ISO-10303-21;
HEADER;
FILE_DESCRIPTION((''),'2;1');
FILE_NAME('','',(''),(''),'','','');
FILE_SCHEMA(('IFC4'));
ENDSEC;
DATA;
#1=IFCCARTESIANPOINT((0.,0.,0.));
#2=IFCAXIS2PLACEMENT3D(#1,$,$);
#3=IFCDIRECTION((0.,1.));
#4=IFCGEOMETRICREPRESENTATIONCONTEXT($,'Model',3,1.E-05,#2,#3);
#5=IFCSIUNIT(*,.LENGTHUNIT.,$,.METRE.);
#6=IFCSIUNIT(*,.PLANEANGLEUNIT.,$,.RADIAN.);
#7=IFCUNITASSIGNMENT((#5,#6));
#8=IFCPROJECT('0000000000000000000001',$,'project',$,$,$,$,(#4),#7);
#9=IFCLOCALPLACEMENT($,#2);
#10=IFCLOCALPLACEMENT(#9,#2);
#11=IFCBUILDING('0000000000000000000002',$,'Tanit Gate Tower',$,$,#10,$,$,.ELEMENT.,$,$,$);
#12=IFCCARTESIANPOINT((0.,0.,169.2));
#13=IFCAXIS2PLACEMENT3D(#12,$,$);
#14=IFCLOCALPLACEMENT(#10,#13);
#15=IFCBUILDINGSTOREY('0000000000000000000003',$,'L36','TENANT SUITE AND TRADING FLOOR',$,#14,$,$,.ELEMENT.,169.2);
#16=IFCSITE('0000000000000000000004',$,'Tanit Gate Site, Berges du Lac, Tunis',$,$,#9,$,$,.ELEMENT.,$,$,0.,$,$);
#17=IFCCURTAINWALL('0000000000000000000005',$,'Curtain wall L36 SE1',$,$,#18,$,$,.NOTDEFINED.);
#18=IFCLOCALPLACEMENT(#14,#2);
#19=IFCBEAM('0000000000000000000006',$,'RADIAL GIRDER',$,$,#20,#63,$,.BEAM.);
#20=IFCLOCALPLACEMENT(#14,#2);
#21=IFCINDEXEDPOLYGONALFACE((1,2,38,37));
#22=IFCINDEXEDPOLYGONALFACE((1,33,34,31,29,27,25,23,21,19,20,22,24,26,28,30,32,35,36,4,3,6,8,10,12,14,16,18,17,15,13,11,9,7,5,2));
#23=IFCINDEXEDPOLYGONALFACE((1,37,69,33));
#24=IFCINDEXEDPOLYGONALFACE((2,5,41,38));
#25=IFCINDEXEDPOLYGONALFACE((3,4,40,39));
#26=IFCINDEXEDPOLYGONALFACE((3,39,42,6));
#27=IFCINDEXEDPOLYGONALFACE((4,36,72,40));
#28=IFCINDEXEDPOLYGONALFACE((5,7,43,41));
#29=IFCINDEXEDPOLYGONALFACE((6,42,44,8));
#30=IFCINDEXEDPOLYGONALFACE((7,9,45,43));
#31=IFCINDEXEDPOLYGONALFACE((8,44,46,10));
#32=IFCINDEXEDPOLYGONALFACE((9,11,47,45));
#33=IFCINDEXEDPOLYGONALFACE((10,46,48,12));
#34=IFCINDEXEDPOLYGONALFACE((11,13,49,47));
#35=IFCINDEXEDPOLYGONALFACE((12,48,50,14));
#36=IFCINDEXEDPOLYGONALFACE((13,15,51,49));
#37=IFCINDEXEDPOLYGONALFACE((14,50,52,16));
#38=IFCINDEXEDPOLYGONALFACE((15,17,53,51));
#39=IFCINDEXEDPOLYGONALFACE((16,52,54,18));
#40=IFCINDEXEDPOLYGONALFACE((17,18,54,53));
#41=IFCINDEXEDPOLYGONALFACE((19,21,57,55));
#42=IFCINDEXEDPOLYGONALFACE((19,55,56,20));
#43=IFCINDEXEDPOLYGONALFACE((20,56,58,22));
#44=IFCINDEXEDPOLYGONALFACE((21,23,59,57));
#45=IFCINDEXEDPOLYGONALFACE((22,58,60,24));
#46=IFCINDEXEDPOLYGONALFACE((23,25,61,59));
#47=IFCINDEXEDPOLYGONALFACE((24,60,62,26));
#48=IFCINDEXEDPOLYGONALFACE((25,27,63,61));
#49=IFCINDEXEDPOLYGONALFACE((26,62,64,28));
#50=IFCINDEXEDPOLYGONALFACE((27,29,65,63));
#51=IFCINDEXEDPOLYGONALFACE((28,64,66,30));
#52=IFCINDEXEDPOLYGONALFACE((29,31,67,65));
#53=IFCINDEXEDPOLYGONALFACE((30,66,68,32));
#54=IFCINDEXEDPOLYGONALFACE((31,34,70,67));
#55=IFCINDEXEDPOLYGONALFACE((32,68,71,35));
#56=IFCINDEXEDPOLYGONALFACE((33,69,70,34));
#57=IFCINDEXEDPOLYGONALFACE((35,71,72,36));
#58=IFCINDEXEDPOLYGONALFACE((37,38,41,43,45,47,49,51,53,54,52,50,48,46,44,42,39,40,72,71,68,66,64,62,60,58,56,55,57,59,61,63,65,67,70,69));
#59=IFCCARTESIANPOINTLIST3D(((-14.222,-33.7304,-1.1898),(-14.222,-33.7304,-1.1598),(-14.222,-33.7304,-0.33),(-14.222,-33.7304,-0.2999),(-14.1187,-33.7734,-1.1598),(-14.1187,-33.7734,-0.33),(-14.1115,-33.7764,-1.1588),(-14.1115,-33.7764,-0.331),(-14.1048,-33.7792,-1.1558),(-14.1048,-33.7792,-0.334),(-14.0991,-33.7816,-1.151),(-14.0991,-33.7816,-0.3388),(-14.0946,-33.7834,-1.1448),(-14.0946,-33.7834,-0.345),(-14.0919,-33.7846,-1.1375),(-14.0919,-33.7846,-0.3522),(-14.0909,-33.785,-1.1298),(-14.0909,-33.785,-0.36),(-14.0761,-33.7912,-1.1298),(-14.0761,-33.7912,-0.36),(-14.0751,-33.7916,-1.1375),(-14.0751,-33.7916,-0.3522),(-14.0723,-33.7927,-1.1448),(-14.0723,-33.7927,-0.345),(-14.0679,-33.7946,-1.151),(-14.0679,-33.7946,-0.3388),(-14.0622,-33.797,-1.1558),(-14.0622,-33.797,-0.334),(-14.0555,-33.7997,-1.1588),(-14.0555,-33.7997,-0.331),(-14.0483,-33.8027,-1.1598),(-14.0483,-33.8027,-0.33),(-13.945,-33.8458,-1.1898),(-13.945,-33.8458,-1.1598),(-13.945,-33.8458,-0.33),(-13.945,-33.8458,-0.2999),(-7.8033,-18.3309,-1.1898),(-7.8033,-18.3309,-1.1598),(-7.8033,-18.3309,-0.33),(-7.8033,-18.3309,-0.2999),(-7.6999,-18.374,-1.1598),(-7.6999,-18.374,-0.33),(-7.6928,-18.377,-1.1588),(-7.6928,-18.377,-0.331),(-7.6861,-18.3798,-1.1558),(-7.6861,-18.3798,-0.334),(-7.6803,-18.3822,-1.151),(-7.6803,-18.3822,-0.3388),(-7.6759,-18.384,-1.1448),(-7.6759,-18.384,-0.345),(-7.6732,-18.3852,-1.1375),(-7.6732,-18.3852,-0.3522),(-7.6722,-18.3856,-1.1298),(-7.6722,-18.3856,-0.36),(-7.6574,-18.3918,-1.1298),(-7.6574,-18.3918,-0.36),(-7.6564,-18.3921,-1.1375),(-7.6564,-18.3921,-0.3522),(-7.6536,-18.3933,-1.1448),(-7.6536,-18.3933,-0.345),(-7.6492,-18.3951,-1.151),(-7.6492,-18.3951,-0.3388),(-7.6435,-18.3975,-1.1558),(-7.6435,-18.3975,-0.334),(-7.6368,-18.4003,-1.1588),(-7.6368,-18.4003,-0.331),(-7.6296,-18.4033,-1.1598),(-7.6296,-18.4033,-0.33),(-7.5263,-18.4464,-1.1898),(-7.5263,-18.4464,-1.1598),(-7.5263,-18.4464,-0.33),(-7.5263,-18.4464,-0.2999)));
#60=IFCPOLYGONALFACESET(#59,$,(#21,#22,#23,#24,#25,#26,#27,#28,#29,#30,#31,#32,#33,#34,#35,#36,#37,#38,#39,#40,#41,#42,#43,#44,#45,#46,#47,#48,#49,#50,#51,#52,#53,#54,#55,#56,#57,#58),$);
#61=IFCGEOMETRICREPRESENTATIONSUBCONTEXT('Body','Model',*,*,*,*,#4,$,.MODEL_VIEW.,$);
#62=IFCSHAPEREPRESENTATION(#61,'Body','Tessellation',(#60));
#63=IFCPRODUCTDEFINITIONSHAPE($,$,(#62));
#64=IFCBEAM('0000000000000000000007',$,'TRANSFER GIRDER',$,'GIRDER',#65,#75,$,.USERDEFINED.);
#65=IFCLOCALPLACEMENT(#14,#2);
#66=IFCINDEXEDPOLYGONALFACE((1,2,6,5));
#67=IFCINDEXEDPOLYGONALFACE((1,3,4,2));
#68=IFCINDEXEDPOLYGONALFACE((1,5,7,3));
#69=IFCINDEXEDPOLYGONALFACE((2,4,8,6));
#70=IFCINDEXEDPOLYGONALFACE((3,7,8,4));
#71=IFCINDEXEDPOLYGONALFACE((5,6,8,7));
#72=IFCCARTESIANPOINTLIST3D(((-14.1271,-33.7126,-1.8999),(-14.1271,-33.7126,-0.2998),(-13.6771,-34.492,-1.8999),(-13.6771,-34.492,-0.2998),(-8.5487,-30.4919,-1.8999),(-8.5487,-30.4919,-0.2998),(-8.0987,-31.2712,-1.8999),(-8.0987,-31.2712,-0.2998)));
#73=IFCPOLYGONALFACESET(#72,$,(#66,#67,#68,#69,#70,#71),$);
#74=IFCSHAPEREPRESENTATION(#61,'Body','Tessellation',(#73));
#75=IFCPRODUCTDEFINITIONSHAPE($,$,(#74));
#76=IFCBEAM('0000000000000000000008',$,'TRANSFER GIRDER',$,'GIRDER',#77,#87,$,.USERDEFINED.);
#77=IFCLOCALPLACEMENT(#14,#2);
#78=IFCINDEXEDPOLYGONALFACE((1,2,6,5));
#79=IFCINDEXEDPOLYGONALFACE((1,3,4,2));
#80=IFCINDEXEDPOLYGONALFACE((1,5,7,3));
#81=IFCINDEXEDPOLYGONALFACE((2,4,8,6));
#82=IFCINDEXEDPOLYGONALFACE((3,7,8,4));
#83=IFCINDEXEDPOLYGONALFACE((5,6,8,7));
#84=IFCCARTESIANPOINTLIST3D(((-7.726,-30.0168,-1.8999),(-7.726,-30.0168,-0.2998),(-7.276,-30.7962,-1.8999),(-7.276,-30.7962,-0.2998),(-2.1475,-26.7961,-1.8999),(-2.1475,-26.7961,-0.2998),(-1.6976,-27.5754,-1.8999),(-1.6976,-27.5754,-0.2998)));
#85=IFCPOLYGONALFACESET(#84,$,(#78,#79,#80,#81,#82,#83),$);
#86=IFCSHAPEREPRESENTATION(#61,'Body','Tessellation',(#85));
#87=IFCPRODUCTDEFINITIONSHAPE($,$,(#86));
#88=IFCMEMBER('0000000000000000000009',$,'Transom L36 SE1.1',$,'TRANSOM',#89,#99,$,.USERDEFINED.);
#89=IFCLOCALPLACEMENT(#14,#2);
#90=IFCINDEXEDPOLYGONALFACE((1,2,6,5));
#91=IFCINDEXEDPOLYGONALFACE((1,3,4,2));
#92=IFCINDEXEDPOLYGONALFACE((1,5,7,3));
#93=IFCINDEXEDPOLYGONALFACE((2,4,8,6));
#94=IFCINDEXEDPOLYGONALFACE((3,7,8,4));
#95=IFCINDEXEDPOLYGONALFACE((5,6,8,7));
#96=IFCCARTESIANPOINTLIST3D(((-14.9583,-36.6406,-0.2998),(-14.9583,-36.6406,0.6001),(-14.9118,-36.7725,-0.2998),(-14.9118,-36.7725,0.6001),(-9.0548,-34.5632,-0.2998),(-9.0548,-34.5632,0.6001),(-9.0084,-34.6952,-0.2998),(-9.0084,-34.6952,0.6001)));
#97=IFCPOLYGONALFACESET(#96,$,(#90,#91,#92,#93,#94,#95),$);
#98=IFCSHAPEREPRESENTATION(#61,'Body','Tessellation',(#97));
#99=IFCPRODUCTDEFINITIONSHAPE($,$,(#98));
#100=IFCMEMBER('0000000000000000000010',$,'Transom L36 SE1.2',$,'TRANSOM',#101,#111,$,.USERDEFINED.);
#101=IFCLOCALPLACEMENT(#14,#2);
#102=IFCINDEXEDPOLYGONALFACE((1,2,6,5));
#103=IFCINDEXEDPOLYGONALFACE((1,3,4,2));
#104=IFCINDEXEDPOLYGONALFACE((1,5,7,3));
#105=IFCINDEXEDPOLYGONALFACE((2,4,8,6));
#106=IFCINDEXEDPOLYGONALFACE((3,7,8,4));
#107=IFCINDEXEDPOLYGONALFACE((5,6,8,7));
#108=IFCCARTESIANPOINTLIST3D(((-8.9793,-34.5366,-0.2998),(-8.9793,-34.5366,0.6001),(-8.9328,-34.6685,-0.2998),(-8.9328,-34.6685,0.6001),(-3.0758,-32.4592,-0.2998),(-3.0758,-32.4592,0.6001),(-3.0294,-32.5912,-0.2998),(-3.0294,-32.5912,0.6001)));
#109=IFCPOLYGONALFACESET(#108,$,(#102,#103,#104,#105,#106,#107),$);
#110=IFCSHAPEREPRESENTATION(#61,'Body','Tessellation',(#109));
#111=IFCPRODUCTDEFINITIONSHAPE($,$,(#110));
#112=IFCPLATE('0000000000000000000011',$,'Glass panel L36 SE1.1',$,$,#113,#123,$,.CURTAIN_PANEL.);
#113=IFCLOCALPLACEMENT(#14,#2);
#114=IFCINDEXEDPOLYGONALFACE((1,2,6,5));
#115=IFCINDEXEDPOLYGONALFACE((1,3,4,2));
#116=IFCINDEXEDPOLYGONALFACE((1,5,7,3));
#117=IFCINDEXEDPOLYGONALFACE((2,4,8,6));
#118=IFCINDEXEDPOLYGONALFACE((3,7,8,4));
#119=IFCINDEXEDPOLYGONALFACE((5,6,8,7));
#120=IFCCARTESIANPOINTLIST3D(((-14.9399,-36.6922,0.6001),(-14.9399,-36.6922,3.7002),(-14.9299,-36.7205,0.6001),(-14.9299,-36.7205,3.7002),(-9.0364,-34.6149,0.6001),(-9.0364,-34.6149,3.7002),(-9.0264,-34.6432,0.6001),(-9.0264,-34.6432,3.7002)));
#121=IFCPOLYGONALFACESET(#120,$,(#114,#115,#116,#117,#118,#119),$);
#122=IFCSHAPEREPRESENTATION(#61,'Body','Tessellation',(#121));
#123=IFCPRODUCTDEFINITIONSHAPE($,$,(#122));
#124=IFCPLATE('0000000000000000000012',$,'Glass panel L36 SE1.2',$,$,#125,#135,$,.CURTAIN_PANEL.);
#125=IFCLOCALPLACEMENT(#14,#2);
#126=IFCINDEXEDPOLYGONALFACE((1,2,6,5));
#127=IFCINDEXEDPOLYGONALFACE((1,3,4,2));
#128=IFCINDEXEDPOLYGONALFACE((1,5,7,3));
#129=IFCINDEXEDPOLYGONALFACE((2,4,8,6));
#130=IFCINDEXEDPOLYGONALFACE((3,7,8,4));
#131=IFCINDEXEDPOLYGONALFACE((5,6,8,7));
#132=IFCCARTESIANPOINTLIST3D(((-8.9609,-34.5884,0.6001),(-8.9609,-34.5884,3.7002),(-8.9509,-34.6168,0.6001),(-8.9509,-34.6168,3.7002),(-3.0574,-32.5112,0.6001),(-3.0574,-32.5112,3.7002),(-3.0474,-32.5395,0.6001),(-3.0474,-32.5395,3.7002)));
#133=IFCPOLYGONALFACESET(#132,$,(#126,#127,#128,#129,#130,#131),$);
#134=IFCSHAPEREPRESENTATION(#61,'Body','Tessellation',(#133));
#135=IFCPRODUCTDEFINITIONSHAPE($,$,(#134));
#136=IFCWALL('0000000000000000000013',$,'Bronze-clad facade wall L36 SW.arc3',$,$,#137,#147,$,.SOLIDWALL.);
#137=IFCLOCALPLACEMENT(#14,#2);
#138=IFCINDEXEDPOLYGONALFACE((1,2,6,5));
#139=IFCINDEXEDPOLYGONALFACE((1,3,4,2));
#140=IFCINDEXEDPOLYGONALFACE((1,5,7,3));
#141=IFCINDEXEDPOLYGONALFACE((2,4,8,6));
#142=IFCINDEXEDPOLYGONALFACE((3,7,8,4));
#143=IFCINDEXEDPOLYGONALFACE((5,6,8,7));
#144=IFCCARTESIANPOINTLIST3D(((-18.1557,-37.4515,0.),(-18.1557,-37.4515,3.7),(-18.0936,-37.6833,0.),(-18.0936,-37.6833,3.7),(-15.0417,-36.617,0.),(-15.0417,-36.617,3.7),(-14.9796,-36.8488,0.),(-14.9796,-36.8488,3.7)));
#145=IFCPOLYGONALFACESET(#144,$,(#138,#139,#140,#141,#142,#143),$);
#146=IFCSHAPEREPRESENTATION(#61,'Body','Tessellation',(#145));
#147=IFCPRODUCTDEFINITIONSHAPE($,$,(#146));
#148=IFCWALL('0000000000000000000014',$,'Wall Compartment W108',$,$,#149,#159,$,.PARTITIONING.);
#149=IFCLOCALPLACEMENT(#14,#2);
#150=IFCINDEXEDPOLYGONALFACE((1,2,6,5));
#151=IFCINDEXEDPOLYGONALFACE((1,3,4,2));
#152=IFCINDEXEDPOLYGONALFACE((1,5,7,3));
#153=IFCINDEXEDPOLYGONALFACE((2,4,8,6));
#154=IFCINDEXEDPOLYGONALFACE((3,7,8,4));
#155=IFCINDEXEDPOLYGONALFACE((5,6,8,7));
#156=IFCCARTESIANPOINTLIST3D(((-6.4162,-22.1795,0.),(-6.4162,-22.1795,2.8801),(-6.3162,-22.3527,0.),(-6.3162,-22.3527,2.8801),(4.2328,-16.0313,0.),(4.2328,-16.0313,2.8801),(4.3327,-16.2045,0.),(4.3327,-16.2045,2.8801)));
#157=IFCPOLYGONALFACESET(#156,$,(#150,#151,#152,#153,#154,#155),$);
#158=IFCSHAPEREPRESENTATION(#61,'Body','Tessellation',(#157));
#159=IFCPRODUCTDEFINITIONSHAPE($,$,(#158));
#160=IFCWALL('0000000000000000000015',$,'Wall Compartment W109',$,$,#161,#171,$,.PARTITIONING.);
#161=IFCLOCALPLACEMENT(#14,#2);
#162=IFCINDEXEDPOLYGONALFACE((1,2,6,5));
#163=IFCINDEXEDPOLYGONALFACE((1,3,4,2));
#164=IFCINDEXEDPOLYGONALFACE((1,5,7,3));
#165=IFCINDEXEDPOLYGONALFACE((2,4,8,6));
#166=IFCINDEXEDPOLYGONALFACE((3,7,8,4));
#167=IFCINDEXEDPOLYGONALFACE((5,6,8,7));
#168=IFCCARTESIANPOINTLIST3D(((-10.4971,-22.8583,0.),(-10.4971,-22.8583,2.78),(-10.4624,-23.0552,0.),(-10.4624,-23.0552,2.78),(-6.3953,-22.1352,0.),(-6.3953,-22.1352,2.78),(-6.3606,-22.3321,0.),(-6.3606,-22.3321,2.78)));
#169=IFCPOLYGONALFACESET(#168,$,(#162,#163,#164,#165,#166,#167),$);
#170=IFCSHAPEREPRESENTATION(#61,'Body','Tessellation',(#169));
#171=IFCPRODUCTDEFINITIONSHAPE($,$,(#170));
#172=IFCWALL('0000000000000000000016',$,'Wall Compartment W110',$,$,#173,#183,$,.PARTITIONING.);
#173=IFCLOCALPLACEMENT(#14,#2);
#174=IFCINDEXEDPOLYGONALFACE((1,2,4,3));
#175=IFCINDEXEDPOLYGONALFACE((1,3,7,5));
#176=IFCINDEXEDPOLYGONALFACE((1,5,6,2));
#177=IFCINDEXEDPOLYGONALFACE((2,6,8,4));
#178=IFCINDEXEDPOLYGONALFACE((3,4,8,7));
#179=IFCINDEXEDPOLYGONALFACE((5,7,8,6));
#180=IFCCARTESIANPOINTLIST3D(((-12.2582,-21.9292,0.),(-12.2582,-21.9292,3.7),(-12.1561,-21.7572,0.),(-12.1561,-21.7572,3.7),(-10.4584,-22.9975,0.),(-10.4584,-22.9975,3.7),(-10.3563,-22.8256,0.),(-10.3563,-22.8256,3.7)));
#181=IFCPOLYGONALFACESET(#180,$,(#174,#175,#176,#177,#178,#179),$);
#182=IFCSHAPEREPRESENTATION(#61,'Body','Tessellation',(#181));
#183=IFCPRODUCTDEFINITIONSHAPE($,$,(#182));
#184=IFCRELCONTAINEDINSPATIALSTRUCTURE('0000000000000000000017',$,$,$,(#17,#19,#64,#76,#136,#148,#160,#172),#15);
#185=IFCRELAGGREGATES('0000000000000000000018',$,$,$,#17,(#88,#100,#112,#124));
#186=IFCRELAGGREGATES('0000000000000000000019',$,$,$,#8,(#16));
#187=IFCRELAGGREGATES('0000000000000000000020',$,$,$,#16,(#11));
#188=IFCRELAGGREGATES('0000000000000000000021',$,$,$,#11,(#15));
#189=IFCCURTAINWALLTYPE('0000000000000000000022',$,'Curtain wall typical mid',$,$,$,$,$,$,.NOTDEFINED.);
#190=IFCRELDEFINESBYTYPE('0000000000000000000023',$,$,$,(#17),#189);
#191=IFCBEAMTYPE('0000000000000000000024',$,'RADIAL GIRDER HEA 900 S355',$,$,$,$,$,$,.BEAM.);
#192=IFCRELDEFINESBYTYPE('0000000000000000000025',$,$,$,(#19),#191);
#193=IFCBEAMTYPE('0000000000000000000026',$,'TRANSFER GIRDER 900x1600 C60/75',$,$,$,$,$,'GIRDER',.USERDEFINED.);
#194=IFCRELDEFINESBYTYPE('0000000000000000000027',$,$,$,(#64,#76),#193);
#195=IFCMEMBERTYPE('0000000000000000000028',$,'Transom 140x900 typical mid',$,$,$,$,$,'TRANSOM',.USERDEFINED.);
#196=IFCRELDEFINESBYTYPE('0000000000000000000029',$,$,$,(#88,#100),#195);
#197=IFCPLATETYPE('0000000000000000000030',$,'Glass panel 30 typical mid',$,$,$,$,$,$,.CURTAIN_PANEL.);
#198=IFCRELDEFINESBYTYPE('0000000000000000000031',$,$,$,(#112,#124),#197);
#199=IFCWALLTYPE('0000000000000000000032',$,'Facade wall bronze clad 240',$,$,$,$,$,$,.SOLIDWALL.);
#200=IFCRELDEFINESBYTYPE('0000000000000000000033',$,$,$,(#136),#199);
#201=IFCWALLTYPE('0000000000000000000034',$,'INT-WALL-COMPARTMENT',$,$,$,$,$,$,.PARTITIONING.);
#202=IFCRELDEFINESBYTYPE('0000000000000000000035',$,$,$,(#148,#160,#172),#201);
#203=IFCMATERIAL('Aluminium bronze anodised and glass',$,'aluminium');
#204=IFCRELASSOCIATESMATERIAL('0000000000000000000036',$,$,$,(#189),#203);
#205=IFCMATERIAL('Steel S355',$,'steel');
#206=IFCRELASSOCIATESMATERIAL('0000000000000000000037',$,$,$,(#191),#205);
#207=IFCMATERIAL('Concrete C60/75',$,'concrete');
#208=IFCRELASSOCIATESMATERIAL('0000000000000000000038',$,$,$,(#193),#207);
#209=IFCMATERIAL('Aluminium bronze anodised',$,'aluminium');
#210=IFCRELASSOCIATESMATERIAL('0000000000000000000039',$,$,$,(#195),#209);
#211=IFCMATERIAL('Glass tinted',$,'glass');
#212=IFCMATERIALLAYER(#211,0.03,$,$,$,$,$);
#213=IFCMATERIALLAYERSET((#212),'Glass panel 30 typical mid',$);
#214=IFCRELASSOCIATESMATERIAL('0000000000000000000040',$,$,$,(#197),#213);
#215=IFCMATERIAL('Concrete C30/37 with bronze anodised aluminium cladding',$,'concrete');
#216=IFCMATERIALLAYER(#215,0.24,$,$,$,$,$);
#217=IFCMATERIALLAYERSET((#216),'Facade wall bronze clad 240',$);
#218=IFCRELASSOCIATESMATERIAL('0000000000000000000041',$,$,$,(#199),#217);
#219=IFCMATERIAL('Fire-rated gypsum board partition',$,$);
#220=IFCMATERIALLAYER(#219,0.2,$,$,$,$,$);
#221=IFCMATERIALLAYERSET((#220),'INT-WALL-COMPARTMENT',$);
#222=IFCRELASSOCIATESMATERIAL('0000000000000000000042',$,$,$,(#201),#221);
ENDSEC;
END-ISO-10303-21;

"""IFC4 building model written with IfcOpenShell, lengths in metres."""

from ifc_helpers import new_model, si_unit, direction, frame, frame_2d, origin, origin_2d, place, context, subcontext, project, spatial, rectangle, i_section, extrude, material, layer, layer_set, material_profile, profile_set, type_object, element, aggregate, save


model = new_model("IFC4")

# Units and contexts
model_context = context("Model", 3, precision=1e-05, world=origin(), true_north=direction((0.0, 1.0)))
body_context = subcontext(model_context, "Body", "Model", "MODEL_VIEW")
ifc_project = project(units=[si_unit("LENGTHUNIT", "METRE"), si_unit("PLANEANGLEUNIT", "RADIAN")], contexts=[model_context])

# Site, building, storey
site_placement = place(None, origin())
site = spatial("IfcSite", under=ifc_project, at=site_placement, Name="Tanit Gate Site, Berges du Lac, Tunis", CompositionType="ELEMENT", RefElevation=0.0)
building_placement = place(site_placement, origin())
building = spatial("IfcBuilding", under=site, at=building_placement, Name="Tanit Gate Tower", CompositionType="ELEMENT")
storey_placement = place(building_placement, frame((0.0, 0.0, 169.2)))
storey = spatial("IfcBuildingStorey", under=building, at=storey_placement, Name="L36", Description="TENANT SUITE AND TRADING FLOOR", CompositionType="ELEMENT", Elevation=169.2)

# Curtain wall
ifc_material_1 = material(Name="Aluminium bronze anodised and glass", Category="aluminium")
curtain_wall_type = type_object("IfcCurtainWallType", Name="Curtain wall typical mid", PredefinedType="NOTDEFINED", material=ifc_material_1)
curtain_wall_placement = place(storey_placement, origin())
curtain_wall = element("IfcCurtainWall", 1, at=curtain_wall_placement, inside=storey, type_object=curtain_wall_type, Name="Curtain wall L36 SE1", PredefinedType="NOTDEFINED")

# Beams
ifc_material_2 = material(Name="Steel S355", Category="steel")
ifc_material_profile_1 = material_profile(ifc_material_2, i_section(OverallWidth=0.3, OverallDepth=0.8899, WebThickness=0.0161, FlangeThickness=0.03, FilletRadius=0.03, at=origin_2d()), Name="HEA 900")
ifc_profile_set_1 = profile_set([ifc_material_profile_1], Name="Steel S355")
beam_type_1 = type_object("IfcBeamType", Name="RADIAL GIRDER HEA 900 S355", PredefinedType="BEAM", material=ifc_profile_set_1)
beam_1_placement = place(storey_placement, frame((-14.0835, -33.7881, -0.7449), z_axis=(0.384732, 0.923028, 0.0), x_axis=(-0.923028, 0.384732, 0.0)))
element("IfcBeam", 2, at=beam_1_placement, inside=storey, type_object=beam_type_1, Name="RADIAL GIRDER", PredefinedType="BEAM", context=body_context, shape_type="SweptSolid", body=[
    extrude(i_section(OverallWidth=0.3, OverallDepth=0.8899, WebThickness=0.0161, FlangeThickness=0.03, FilletRadius=0.03, at=origin_2d()), origin(), (0.0, 0.0, 1.0), 16.6836),
])
ifc_material_3 = material(Name="Concrete C60/75", Category="concrete")
ifc_material_profile_2 = material_profile(ifc_material_3, rectangle(XDim=0.8999, YDim=1.6001, at=origin_2d()), Name="RC 900x1600")
ifc_profile_set_2 = profile_set([ifc_material_profile_2], Name="Concrete C60/75")
beam_type_2 = type_object("IfcBeamType", Name="TRANSFER GIRDER 900x1600 C60/75", ElementType="GIRDER", PredefinedType="USERDEFINED", material=ifc_profile_set_2)
for number, where, z_axis, x_axis, name in (
    (3, (-13.9021, -34.1023, -1.0999), (0.866023, 0.500004, 0.0), (-0.500004, 0.866023, 0.0), "TRANSFER GIRDER"),
    (4, (-7.501, -30.4065, -1.0999), (0.866023, 0.500004, 0.0), (-0.500004, 0.866023, 0.0), "TRANSFER GIRDER"),
):
    element("IfcBeam", number, at=place(storey_placement, frame(where, z_axis=z_axis, x_axis=x_axis)), inside=storey, type_object=beam_type_2, Name=name, ObjectType="GIRDER", PredefinedType="USERDEFINED", context=body_context, shape_type="SweptSolid", body=[
        extrude(rectangle(XDim=0.8999, YDim=1.6001, at=origin_2d()), origin(), (0.0, 0.0, 1.0), 6.4414),
    ])

# Members
ifc_material_4 = material(Name="Aluminium bronze anodised", Category="aluminium")
ifc_material_profile_3 = material_profile(ifc_material_4, rectangle(XDim=0.1399, YDim=0.8999, at=origin_2d()), Name="140x900 bronze transom")
ifc_profile_set_3 = profile_set([ifc_material_profile_3], Name="Aluminium bronze anodised")
member_type_1 = type_object("IfcMemberType", Name="Transom 140x900 typical mid", ElementType="TRANSOM", PredefinedType="USERDEFINED", material=ifc_profile_set_3)
member_1_placement = place(storey_placement, frame((-14.9351, -36.7065, 0.1501), z_axis=(0.943302, 0.331936, 0.0), x_axis=(-0.331936, 0.943302, 0.0)))
member_1 = element("IfcMember", 5, at=member_1_placement, type_object=member_type_1, Name="Transom L36 SE1.1", ObjectType="TRANSOM", PredefinedType="USERDEFINED", context=body_context, shape_type="SweptSolid", body=[
    extrude(rectangle(XDim=0.1399, YDim=0.8999, at=origin_2d()), origin(), (0.0, 0.0, 1.0), 6.2583),
])
member_2_placement = place(storey_placement, frame((-8.9561, -34.6025, 0.1501), z_axis=(0.943302, 0.331936, 0.0), x_axis=(-0.331936, 0.943302, 0.0)))
member_2 = element("IfcMember", 6, at=member_2_placement, type_object=member_type_1, Name="Transom L36 SE1.2", ObjectType="TRANSOM", PredefinedType="USERDEFINED", context=body_context, shape_type="SweptSolid", body=[
    extrude(rectangle(XDim=0.1399, YDim=0.8999, at=origin_2d()), origin(), (0.0, 0.0, 1.0), 6.2583),
])

# Plates
ifc_material_5 = material(Name="Glass tinted", Category="glass")
ifc_layer_1 = layer(ifc_material_5, 0.03)
ifc_layer_set_1 = layer_set([ifc_layer_1], Name="Glass panel 30 typical mid")
plate_type = type_object("IfcPlateType", Name="Glass panel 30 typical mid", PredefinedType="CURTAIN_PANEL", material=ifc_layer_set_1)
plate_1_placement = place(storey_placement, frame((-11.9832, -35.6677, 0.6001), z_axis=(0.0, 0.0, 1.0), x_axis=(0.943305, 0.331926, 0.0)))
plate_1 = element("IfcPlate", 7, at=plate_1_placement, type_object=plate_type, Name="Glass panel L36 SE1.1", PredefinedType="CURTAIN_PANEL", context=body_context, shape_type="SweptSolid", body=[
    extrude(rectangle(XDim=6.2583, YDim=0.03, at=origin_2d()), origin(), (0.0, 0.0, 1.0), 3.1001),
])
plate_2_placement = place(storey_placement, frame((-6.0042, -33.564, 0.6001), z_axis=(0.0, 0.0, 1.0), x_axis=(0.943305, 0.331926, 0.0)))
plate_2 = element("IfcPlate", 8, at=plate_2_placement, type_object=plate_type, Name="Glass panel L36 SE1.2", PredefinedType="CURTAIN_PANEL", context=body_context, shape_type="SweptSolid", body=[
    extrude(rectangle(XDim=6.2583, YDim=0.03, at=origin_2d()), origin(), (0.0, 0.0, 1.0), 3.1001),
])
aggregate(curtain_wall, [member_1, member_2, plate_1, plate_2])

# Walls
ifc_material_6 = material(Name="Concrete C30/37 with bronze anodised aluminium cladding", Category="concrete")
ifc_layer_2 = layer(ifc_material_6, 0.24)
ifc_layer_set_2 = layer_set([ifc_layer_2], Name="Facade wall bronze clad 240")
wall_type_1 = type_object("IfcWallType", Name="Facade wall bronze clad 240", PredefinedType="SOLIDWALL", material=ifc_layer_set_2)
wall_1_placement = place(storey_placement, frame((-18.1245, -37.5674, 0.0), z_axis=(0.0, 0.0, 1.0), x_axis=(0.96592, 0.258841, 0.0)))
element("IfcWall", 9, at=wall_1_placement, inside=storey, type_object=wall_type_1, Name="Bronze-clad facade wall L36 SW.arc3", PredefinedType="SOLIDWALL", context=body_context, shape_type="SweptSolid", body=[
    extrude(rectangle(XDim=3.2239, YDim=0.24, at=frame_2d((1.6118, 0.0))), origin(), (0.0, 0.0, 1.0), 3.7),
])
ifc_material_7 = material(Name="Fire-rated gypsum board partition")
ifc_layer_3 = layer(ifc_material_7, 0.2)
ifc_layer_set_3 = layer_set([ifc_layer_3], Name="INT-WALL-COMPARTMENT")
wall_type_2 = type_object("IfcWallType", Name="INT-WALL-COMPARTMENT", PredefinedType="PARTITIONING", material=ifc_layer_set_3)
wall_2_placement = place(storey_placement, frame((-6.3662, -22.2661, 0.0), z_axis=(0.0, 0.0, 1.0), x_axis=(0.866024, 0.500002, 0.0)))
element("IfcWall", 10, at=wall_2_placement, inside=storey, type_object=wall_type_2, Name="Wall Compartment W108", PredefinedType="PARTITIONING", context=body_context, shape_type="SweptSolid", body=[
    extrude(rectangle(XDim=12.2964, YDim=0.2, at=frame_2d((6.1482, 0.0))), origin(), (0.0, 0.0, 1.0), 2.8801),
])
wall_3_placement = place(storey_placement, frame((-10.4797, -22.9568, 0.0), z_axis=(0.0, 0.0, 1.0), x_axis=(0.984812, 0.173621, 0.0)))
element("IfcWall", 11, at=wall_3_placement, inside=storey, type_object=wall_type_2, Name="Wall Compartment W109", PredefinedType="PARTITIONING", context=body_context, shape_type="SweptSolid", body=[
    extrude(rectangle(XDim=4.165, YDim=0.2, at=frame_2d((2.0825, 0.0))), origin(), (0.0, 0.0, 1.0), 2.78),
])
wall_4_placement = place(storey_placement, frame((-12.207, -21.8433, 0.0), z_axis=(0.0, 0.0, 1.0), x_axis=(0.859912, -0.510442, 0.0)))
element("IfcWall", 12, at=wall_4_placement, inside=storey, type_object=wall_type_2, Name="Wall Compartment W110", PredefinedType="PARTITIONING", context=body_context, shape_type="SweptSolid", body=[
    extrude(rectangle(XDim=2.093, YDim=0.2, at=frame_2d((1.0464, 0.0))), origin(), (0.0, 0.0, 1.0), 3.7),
])

save(model, "model.ifc")
